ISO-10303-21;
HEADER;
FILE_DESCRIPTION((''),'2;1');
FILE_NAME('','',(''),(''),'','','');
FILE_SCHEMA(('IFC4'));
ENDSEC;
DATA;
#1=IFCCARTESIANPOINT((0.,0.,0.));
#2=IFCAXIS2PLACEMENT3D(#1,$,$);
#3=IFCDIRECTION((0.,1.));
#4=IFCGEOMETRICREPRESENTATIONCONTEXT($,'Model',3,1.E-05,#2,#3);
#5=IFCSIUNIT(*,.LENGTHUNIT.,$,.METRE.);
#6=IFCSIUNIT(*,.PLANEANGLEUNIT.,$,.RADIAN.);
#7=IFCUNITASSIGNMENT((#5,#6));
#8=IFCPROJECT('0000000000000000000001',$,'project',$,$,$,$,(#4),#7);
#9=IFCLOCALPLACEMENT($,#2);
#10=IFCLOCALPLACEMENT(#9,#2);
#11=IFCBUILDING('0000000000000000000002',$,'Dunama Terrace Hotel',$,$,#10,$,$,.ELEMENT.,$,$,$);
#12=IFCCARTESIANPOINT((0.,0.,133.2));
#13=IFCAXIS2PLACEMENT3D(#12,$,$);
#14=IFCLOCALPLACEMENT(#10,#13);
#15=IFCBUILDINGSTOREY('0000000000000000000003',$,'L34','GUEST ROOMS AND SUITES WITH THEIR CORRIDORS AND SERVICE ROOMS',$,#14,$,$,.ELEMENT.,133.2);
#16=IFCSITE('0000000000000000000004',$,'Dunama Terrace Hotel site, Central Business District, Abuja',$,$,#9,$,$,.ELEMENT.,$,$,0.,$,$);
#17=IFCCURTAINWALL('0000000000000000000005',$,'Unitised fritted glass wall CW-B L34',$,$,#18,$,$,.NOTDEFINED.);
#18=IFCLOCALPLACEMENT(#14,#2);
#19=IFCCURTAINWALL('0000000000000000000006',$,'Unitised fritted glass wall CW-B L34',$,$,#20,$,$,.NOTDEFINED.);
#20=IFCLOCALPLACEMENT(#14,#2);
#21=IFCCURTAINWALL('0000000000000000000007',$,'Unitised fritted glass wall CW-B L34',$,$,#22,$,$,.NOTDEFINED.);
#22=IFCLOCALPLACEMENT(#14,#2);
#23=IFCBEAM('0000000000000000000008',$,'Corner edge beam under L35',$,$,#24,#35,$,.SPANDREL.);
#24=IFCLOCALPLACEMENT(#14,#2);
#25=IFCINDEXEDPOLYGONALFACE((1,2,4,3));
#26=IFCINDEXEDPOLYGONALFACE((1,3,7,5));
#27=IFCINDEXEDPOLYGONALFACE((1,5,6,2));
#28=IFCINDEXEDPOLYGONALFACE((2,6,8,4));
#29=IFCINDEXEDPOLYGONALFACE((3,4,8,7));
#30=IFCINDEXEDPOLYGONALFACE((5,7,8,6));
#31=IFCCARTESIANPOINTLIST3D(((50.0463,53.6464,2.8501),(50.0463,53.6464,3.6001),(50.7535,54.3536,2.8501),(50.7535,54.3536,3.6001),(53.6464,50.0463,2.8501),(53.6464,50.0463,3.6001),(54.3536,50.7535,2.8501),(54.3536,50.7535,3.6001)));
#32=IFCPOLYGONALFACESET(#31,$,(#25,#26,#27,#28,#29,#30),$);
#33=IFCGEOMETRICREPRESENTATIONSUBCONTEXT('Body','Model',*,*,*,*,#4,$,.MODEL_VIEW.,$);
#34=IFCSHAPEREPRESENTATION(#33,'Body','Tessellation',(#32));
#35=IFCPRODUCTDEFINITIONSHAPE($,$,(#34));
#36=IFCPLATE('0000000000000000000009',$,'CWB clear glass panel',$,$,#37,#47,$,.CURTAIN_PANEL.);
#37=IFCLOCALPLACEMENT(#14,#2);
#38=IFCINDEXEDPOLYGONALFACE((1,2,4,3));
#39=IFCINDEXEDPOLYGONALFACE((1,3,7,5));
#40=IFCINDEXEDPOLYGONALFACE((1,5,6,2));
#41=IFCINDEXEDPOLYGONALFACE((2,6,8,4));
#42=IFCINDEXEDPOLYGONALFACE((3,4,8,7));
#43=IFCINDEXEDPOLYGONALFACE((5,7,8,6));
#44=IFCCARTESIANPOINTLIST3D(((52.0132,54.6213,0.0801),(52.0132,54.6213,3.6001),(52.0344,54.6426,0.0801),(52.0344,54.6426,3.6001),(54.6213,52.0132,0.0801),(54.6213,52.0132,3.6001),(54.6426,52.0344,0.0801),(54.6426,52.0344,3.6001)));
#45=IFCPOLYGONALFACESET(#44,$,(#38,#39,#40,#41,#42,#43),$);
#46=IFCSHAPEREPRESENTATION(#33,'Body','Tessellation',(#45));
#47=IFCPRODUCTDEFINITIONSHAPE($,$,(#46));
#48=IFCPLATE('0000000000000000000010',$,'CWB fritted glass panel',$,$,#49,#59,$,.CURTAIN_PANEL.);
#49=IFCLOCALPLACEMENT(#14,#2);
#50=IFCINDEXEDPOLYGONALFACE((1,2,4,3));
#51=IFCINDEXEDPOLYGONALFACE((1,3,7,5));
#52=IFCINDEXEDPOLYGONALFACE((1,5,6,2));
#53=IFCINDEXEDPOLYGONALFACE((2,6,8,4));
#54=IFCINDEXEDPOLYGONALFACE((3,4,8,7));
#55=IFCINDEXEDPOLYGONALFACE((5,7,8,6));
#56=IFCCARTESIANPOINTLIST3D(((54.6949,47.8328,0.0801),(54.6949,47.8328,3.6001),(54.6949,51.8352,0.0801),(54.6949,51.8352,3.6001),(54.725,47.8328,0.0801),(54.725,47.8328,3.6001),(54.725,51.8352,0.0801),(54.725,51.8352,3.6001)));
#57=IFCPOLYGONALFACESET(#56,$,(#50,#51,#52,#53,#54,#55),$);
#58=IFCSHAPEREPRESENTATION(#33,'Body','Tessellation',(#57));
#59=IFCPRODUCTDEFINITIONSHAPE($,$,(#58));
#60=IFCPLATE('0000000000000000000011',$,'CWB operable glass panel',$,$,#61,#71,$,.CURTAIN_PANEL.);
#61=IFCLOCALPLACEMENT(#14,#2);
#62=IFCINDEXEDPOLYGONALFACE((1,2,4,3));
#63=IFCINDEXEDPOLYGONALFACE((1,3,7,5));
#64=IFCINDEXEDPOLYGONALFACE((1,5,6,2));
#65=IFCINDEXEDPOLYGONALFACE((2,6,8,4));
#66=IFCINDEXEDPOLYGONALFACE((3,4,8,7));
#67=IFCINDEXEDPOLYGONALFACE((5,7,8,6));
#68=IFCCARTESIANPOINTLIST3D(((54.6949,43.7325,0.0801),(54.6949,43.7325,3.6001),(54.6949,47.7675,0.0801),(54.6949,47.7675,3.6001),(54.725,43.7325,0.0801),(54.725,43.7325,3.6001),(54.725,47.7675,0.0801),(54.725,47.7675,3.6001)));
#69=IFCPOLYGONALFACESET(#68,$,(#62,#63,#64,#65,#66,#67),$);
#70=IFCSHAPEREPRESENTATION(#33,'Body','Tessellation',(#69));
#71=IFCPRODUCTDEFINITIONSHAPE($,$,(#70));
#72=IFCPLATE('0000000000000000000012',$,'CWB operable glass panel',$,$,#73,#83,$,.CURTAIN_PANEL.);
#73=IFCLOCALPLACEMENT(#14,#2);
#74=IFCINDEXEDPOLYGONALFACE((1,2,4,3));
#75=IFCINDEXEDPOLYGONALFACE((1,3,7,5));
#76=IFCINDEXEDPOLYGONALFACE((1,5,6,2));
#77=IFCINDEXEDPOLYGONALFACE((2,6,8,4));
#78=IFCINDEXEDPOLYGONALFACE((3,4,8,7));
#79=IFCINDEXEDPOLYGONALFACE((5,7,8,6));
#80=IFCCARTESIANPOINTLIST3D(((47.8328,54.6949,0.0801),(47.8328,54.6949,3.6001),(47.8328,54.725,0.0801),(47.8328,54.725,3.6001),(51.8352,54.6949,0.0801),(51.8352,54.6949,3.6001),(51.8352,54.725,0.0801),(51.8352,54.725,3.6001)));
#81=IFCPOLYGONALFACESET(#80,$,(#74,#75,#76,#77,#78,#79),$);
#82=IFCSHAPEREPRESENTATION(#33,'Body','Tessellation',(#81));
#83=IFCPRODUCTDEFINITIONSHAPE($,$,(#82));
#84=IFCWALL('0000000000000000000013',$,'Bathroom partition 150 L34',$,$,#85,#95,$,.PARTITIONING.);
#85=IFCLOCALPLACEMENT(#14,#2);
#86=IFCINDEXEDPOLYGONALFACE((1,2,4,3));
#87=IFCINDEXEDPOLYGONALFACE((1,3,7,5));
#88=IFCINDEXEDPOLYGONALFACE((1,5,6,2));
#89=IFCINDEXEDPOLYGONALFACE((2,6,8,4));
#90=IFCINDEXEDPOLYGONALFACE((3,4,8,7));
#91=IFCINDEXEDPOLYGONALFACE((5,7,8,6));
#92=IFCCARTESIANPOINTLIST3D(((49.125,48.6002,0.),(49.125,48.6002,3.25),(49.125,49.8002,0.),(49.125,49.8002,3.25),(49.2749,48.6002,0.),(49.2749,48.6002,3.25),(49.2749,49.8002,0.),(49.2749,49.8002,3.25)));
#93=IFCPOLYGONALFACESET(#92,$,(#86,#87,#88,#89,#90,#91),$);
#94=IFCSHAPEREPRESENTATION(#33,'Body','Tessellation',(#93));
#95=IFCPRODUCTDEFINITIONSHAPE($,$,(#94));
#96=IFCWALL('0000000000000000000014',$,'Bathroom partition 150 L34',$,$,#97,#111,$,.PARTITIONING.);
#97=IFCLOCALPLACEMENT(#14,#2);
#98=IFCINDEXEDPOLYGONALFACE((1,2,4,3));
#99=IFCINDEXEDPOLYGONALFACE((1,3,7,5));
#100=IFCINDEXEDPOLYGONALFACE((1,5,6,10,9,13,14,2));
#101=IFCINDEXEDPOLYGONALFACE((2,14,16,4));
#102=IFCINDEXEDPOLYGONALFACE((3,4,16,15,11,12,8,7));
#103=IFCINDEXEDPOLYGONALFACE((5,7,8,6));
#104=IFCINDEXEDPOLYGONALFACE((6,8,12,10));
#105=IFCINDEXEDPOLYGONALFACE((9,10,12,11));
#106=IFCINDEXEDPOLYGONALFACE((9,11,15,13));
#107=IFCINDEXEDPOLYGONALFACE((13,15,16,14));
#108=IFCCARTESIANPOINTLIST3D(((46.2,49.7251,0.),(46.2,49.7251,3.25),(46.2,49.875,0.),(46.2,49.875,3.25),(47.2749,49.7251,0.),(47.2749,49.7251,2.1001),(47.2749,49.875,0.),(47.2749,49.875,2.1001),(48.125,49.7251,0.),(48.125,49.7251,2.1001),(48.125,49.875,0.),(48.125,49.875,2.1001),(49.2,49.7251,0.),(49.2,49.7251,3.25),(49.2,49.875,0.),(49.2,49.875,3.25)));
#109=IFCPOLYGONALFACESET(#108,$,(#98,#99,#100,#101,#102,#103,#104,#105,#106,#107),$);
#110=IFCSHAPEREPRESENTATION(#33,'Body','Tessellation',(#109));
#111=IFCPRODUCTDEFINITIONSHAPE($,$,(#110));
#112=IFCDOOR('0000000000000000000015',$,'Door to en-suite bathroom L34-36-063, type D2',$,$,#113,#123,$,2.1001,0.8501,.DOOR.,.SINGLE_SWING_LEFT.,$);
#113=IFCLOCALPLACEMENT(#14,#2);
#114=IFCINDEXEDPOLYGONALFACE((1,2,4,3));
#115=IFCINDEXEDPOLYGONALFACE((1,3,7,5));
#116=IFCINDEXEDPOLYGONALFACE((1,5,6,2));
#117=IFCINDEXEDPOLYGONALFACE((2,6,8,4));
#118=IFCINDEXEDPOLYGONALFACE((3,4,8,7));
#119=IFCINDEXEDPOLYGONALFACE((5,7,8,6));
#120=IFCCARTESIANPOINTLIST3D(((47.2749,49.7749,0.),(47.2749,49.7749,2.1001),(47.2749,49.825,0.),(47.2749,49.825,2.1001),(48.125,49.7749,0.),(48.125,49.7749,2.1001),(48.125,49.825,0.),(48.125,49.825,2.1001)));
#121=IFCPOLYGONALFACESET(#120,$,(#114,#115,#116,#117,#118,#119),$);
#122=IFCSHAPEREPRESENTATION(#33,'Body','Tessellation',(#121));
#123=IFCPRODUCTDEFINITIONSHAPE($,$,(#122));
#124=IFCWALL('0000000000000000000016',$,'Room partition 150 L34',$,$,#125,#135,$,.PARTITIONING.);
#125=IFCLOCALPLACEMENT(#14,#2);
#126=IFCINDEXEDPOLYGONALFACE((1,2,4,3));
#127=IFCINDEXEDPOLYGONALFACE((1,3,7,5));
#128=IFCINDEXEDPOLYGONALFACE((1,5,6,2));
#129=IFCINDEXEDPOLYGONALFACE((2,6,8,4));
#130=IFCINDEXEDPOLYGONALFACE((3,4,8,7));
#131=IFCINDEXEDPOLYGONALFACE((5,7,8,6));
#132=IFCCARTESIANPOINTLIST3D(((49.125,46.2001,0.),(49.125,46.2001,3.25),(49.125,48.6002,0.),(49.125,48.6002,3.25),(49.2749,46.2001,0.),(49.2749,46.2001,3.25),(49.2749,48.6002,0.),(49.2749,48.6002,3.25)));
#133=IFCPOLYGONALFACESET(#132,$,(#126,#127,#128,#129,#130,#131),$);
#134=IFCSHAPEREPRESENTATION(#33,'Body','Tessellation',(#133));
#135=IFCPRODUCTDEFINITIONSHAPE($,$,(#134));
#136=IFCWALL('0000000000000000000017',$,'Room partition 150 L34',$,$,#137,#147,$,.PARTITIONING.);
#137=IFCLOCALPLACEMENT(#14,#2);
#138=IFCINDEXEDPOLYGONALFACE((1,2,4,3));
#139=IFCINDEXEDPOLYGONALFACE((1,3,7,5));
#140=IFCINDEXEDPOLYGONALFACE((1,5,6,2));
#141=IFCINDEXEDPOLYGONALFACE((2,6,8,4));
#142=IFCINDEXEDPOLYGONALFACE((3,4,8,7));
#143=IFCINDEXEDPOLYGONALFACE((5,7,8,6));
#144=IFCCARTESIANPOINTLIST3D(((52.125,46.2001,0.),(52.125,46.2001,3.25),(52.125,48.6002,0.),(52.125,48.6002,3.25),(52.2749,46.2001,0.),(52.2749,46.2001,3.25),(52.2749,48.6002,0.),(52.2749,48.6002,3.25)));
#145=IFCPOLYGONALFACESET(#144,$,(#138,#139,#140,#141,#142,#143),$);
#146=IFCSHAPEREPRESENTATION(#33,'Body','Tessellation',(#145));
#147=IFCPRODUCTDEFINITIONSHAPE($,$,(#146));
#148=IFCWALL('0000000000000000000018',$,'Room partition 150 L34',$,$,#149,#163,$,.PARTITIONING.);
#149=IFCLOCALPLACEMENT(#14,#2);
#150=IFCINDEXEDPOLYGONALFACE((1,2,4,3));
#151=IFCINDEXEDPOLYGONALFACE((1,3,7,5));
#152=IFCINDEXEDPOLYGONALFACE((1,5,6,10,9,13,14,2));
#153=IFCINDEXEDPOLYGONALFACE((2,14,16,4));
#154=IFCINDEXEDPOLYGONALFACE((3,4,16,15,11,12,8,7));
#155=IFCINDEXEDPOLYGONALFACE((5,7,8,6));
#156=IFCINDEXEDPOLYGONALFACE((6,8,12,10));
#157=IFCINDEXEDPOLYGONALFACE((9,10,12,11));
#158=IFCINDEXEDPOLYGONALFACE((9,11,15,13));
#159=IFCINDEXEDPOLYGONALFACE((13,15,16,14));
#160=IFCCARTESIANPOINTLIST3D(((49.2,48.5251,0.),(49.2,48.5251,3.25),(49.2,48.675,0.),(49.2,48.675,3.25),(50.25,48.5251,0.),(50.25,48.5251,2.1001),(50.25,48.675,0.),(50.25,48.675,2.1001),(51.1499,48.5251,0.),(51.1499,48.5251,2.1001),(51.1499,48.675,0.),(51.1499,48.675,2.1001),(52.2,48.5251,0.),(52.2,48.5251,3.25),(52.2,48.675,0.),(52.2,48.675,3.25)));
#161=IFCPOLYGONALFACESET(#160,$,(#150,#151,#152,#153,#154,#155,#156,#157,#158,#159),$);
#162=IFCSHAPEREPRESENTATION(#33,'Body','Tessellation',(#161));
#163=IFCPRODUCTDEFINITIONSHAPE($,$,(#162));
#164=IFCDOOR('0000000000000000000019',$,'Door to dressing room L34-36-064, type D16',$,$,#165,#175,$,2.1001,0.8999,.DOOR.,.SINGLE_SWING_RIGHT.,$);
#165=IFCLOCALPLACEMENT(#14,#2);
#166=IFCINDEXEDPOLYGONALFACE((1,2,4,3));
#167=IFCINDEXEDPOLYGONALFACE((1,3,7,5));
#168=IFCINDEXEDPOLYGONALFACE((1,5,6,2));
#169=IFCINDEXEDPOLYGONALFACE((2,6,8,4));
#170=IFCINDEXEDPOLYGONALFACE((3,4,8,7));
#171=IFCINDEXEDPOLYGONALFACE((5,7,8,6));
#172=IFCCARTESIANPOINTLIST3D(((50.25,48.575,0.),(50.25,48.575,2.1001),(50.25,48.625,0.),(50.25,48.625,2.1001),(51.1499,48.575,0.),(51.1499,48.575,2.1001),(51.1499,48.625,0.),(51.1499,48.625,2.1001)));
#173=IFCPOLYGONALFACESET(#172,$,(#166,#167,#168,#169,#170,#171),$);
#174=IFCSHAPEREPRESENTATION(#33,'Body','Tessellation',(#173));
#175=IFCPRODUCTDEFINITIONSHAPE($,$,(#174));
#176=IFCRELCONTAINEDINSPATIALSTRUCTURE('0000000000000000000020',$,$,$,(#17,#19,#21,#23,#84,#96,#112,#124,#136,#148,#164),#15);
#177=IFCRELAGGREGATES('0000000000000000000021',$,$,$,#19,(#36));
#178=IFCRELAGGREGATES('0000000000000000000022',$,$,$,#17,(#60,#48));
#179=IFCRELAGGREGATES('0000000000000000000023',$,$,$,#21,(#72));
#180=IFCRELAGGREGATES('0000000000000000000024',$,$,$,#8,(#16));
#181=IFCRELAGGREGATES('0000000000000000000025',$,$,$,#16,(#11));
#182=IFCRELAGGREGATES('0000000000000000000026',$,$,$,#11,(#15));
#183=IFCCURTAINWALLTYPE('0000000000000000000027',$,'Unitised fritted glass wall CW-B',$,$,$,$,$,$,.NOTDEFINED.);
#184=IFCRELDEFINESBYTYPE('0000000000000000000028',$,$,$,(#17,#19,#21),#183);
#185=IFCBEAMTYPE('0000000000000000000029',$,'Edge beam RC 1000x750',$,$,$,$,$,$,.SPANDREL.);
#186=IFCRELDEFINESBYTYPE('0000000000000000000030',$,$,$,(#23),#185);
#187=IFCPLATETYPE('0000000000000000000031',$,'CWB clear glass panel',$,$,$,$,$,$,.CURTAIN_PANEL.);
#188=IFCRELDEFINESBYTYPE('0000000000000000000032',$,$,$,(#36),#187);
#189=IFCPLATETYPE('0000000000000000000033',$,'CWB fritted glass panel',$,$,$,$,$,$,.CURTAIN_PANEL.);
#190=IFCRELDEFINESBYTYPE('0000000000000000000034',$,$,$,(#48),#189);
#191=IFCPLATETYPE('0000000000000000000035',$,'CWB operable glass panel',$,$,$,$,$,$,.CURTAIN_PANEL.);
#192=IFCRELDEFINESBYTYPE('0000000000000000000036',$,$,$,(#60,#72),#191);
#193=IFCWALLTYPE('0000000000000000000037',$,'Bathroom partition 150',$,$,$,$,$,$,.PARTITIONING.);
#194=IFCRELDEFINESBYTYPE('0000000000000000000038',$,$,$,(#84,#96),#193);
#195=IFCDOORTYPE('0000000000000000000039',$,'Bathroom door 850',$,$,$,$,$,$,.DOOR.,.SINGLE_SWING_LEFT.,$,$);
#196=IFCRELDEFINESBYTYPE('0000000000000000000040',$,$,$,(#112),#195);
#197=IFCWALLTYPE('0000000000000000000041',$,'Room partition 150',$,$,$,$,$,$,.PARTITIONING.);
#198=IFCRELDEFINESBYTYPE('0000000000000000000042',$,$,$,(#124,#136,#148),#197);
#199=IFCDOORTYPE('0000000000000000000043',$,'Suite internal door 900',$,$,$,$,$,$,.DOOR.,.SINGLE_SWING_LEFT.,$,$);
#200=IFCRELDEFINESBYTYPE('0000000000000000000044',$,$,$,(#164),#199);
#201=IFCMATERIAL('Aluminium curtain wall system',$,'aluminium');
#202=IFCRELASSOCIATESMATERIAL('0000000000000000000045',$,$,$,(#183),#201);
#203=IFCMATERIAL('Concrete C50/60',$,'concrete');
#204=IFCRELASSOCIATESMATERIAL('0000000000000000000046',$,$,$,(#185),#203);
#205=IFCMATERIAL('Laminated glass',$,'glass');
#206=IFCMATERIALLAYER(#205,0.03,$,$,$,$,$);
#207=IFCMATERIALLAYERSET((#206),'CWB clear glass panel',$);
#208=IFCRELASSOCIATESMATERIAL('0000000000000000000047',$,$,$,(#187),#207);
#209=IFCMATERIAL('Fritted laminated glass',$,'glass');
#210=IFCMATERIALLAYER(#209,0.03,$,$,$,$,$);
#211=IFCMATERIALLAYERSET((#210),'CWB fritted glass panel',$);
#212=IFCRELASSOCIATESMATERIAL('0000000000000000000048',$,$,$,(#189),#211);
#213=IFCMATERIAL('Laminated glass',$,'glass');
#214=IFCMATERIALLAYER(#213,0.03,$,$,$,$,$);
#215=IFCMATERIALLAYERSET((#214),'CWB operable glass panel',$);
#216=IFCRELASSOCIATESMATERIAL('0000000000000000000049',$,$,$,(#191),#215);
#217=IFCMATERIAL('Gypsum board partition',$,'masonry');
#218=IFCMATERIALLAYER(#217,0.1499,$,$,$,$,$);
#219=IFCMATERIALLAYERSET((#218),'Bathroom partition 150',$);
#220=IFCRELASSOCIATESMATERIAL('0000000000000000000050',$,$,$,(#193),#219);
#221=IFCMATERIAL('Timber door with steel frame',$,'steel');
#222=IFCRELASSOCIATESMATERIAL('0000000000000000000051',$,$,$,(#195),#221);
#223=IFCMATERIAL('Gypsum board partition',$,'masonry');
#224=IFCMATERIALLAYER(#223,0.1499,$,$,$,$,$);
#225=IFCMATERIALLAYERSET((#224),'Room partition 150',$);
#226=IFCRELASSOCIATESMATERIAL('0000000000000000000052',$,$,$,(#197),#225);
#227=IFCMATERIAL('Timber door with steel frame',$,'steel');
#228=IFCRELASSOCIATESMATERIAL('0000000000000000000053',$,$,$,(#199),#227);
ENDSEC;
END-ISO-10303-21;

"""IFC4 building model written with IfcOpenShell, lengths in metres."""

from ifc_helpers import new_model, si_unit, direction, frame, frame_2d, origin, origin_2d, place, context, subcontext, project, spatial, rectangle, extrude, material, layer, layer_set, material_profile, profile_set, type_object, element, fill, aggregate, save


model = new_model("IFC4")

# Units and contexts
model_context = context("Model", 3, precision=1e-05, world=origin(), true_north=direction((0.0, 1.0)))
body_context = subcontext(model_context, "Body", "Model", "MODEL_VIEW")
ifc_project = project(units=[si_unit("LENGTHUNIT", "METRE"), si_unit("PLANEANGLEUNIT", "RADIAN")], contexts=[model_context])

# Site, building, storey
site_placement = place(None, origin())
site = spatial("IfcSite", under=ifc_project, at=site_placement, Name="Dunama Terrace Hotel site, Central Business District, Abuja", CompositionType="ELEMENT", RefElevation=0.0)
building_placement = place(site_placement, origin())
building = spatial("IfcBuilding", under=site, at=building_placement, Name="Dunama Terrace Hotel", CompositionType="ELEMENT")
storey_placement = place(building_placement, frame((0.0, 0.0, 133.2)))
storey = spatial("IfcBuildingStorey", under=building, at=storey_placement, Name="L34", Description="GUEST ROOMS AND SUITES WITH THEIR CORRIDORS AND SERVICE ROOMS", CompositionType="ELEMENT", Elevation=133.2)

# Curtain walls
ifc_material_1 = material(Name="Aluminium curtain wall system", Category="aluminium")
curtain_wall_type = type_object("IfcCurtainWallType", Name="Unitised fritted glass wall CW-B", PredefinedType="NOTDEFINED", material=ifc_material_1)
curtain_wall_1_placement = place(storey_placement, origin())
curtain_wall_1 = element("IfcCurtainWall", 1, at=curtain_wall_1_placement, inside=storey, type_object=curtain_wall_type, Name="Unitised fritted glass wall CW-B L34", PredefinedType="NOTDEFINED")
curtain_wall_2_placement = place(storey_placement, origin())
curtain_wall_2 = element("IfcCurtainWall", 2, at=curtain_wall_2_placement, inside=storey, type_object=curtain_wall_type, Name="Unitised fritted glass wall CW-B L34", PredefinedType="NOTDEFINED")
curtain_wall_3_placement = place(storey_placement, origin())
curtain_wall_3 = element("IfcCurtainWall", 3, at=curtain_wall_3_placement, inside=storey, type_object=curtain_wall_type, Name="Unitised fritted glass wall CW-B L34", PredefinedType="NOTDEFINED")

# Beam
ifc_material_2 = material(Name="Concrete C50/60", Category="concrete")
ifc_material_profile_1 = material_profile(ifc_material_2, rectangle(XDim=1.0, YDim=0.75, at=origin_2d()), Name="RC 1000x750")
ifc_profile_set_1 = profile_set([ifc_material_profile_1], Name="Concrete C50/60")
beam_type = type_object("IfcBeamType", Name="Edge beam RC 1000x750", PredefinedType="SPANDREL", material=ifc_profile_set_1)
beam_placement = place(storey_placement, frame((50.3999, 54.0, 3.2251), z_axis=(0.707107, -0.707107, 0.0), x_axis=(0.707107, 0.707107, 0.0)))
element("IfcBeam", 4, at=beam_placement, inside=storey, type_object=beam_type, Name="Corner edge beam under L35", PredefinedType="SPANDREL", context=body_context, shape_type="SweptSolid", body=[
    extrude(rectangle(XDim=1.0, YDim=0.75, at=origin_2d()), origin(), (0.0, 0.0, 1.0), 5.0913),
])

# Plates
ifc_material_3 = material(Name="Laminated glass", Category="glass")
ifc_layer_1 = layer(ifc_material_3, 0.03)
ifc_layer_set_1 = layer_set([ifc_layer_1], Name="CWB clear glass panel")
plate_type_1 = type_object("IfcPlateType", Name="CWB clear glass panel", PredefinedType="CURTAIN_PANEL", material=ifc_layer_set_1)
plate_1_placement = place(storey_placement, frame((53.3279, 53.3279, 0.0801), z_axis=(0.0, 0.0, 1.0), x_axis=(-0.707107, 0.707107, 0.0)))
plate_1 = element("IfcPlate", 5, at=plate_1_placement, type_object=plate_type_1, Name="CWB clear glass panel", PredefinedType="CURTAIN_PANEL", context=body_context, shape_type="SweptSolid", body=[
    extrude(rectangle(XDim=3.6885, YDim=0.03, at=origin_2d()), origin(), (0.0, 0.0, 1.0), 3.52),
])
aggregate(curtain_wall_2, [plate_1])
ifc_material_4 = material(Name="Fritted laminated glass", Category="glass")
ifc_layer_2 = layer(ifc_material_4, 0.03)
ifc_layer_set_2 = layer_set([ifc_layer_2], Name="CWB fritted glass panel")
plate_type_2 = type_object("IfcPlateType", Name="CWB fritted glass panel", PredefinedType="CURTAIN_PANEL", material=ifc_layer_set_2)
plate_2_placement = place(storey_placement, frame((54.71, 49.834, 0.0801), z_axis=(0.0, 0.0, 1.0), x_axis=(0.0, 1.0, 0.0)))
plate_2 = element("IfcPlate", 6, at=plate_2_placement, type_object=plate_type_2, Name="CWB fritted glass panel", PredefinedType="CURTAIN_PANEL", context=body_context, shape_type="SweptSolid", body=[
    extrude(rectangle(XDim=4.0024, YDim=0.03, at=origin_2d()), origin(), (0.0, 0.0, 1.0), 3.52),
])
ifc_material_5 = material(Name="Laminated glass", Category="glass")
ifc_layer_3 = layer(ifc_material_5, 0.03)
ifc_layer_set_3 = layer_set([ifc_layer_3], Name="CWB operable glass panel")
plate_type_3 = type_object("IfcPlateType", Name="CWB operable glass panel", PredefinedType="CURTAIN_PANEL", material=ifc_layer_set_3)
plate_3_placement = place(storey_placement, frame((54.71, 45.75, 0.0801), z_axis=(0.0, 0.0, 1.0), x_axis=(0.0, 1.0, 0.0)))
plate_3 = element("IfcPlate", 7, at=plate_3_placement, type_object=plate_type_3, Name="CWB operable glass panel", PredefinedType="CURTAIN_PANEL", context=body_context, shape_type="SweptSolid", body=[
    extrude(rectangle(XDim=4.0349, YDim=0.03, at=origin_2d()), origin(), (0.0, 0.0, 1.0), 3.52),
])
aggregate(curtain_wall_1, [plate_3, plate_2])
plate_4_placement = place(storey_placement, frame((49.834, 54.71, 0.0801), z_axis=(0.0, 0.0, 1.0), x_axis=(-1.0, 0.0, 0.0)))
plate_4 = element("IfcPlate", 8, at=plate_4_placement, type_object=plate_type_3, Name="CWB operable glass panel", PredefinedType="CURTAIN_PANEL", context=body_context, shape_type="SweptSolid", body=[
    extrude(rectangle(XDim=4.0024, YDim=0.03, at=origin_2d()), origin(), (0.0, 0.0, 1.0), 3.52),
])
aggregate(curtain_wall_3, [plate_4])

# Wall
ifc_material_6 = material(Name="Gypsum board partition", Category="masonry")
ifc_layer_4 = layer(ifc_material_6, 0.1499)
ifc_layer_set_4 = layer_set([ifc_layer_4], Name="Bathroom partition 150")
wall_type_1 = type_object("IfcWallType", Name="Bathroom partition 150", PredefinedType="PARTITIONING", material=ifc_layer_set_4)
wall_1_placement = place(storey_placement, frame((49.2, 48.6001, 0.0), z_axis=(0.0, 0.0, 1.0), x_axis=(0.0, 1.0, 0.0)))
element("IfcWall", 9, at=wall_1_placement, inside=storey, type_object=wall_type_1, Name="Bathroom partition 150 L34", PredefinedType="PARTITIONING", context=body_context, shape_type="SweptSolid", body=[
    extrude(rectangle(XDim=1.2, YDim=0.1499, at=frame_2d((0.6001, 0.0))), origin(), (0.0, 0.0, 1.0), 3.25),
])

# Wall, opening, door
wall_2_placement = place(storey_placement, frame((46.2, 49.8, 0.0), z_axis=(0.0, 0.0, 1.0), x_axis=(1.0, 0.0, 0.0)))
wall_2 = element("IfcWall", 10, at=wall_2_placement, inside=storey, type_object=wall_type_1, Name="Bathroom partition 150 L34", PredefinedType="PARTITIONING", context=body_context, shape_type="SweptSolid", body=[
    extrude(rectangle(XDim=3.0, YDim=0.1499, at=frame_2d((1.5, 0.0))), origin(), (0.0, 0.0, 1.0), 3.25),
])
opening_1_placement = place(wall_2_placement, frame((1.075, 0.0, 0.0)))
opening_1 = element("IfcOpeningElement", 11, at=opening_1_placement, cuts=wall_2, PredefinedType="OPENING", context=body_context, shape_type="SweptSolid", body=[
    extrude(rectangle(XDim=0.8501, YDim=2.1001, at=frame_2d((0.425, 1.05))), frame((0.0, 0.085, 0.0), z_axis=(0.0, -1.0, 0.0), x_axis=(1.0, 0.0, 0.0)), (0.0, 0.0, 1.0), 0.1699),
])
ifc_material_7 = material(Name="Timber door with steel frame", Category="steel")
door_type_1 = type_object("IfcDoorType", Name="Bathroom door 850", OperationType="SINGLE_SWING_LEFT", PredefinedType="DOOR", material=ifc_material_7)
door_1_placement = place(opening_1_placement, frame((0.8501, 0.0, 0.0), z_axis=(0.0, 0.0, 1.0), x_axis=(-1.0, 0.0, 0.0)))
door_1 = element("IfcDoor", 12, at=door_1_placement, inside=storey, type_object=door_type_1, Name="Door to en-suite bathroom L34-36-063, type D2", OperationType="SINGLE_SWING_LEFT", OverallHeight=2.1001, OverallWidth=0.8501, PredefinedType="DOOR", context=body_context, shape_type="SweptSolid", body=[
    extrude(rectangle(XDim=0.8501, YDim=2.1001, at=frame_2d((0.425, 1.05))), frame((0.0, 0.0251, 0.0), z_axis=(0.0, -1.0, 0.0), x_axis=(1.0, 0.0, 0.0)), (0.0, 0.0, 1.0), 0.05),
])
fill(opening_1, door_1)

# Walls
ifc_material_8 = material(Name="Gypsum board partition", Category="masonry")
ifc_layer_5 = layer(ifc_material_8, 0.1499)
ifc_layer_set_5 = layer_set([ifc_layer_5], Name="Room partition 150")
wall_type_2 = type_object("IfcWallType", Name="Room partition 150", PredefinedType="PARTITIONING", material=ifc_layer_set_5)
for number, where, z_axis, x_axis, name in (
    (13, (49.2, 46.2, 0.0), (0.0, 0.0, 1.0), (0.0, 1.0, 0.0), "Room partition 150 L34"),
    (14, (52.2, 46.2, 0.0), (0.0, 0.0, 1.0), (0.0, 1.0, 0.0), "Room partition 150 L34"),
):
    element("IfcWall", number, at=place(storey_placement, frame(where, z_axis=z_axis, x_axis=x_axis)), inside=storey, type_object=wall_type_2, Name=name, PredefinedType="PARTITIONING", context=body_context, shape_type="SweptSolid", body=[
        extrude(rectangle(XDim=2.4001, YDim=0.1499, at=frame_2d((1.2002, 0.0))), origin(), (0.0, 0.0, 1.0), 3.25),
    ])

# Wall, opening, door
wall_3_placement = place(storey_placement, frame((49.2, 48.6001, 0.0), z_axis=(0.0, 0.0, 1.0), x_axis=(1.0, 0.0, 0.0)))
wall_3 = element("IfcWall", 15, at=wall_3_placement, inside=storey, type_object=wall_type_2, Name="Room partition 150 L34", PredefinedType="PARTITIONING", context=body_context, shape_type="SweptSolid", body=[
    extrude(rectangle(XDim=3.0, YDim=0.1499, at=frame_2d((1.5, 0.0))), origin(), (0.0, 0.0, 1.0), 3.25),
])
opening_2_placement = place(wall_3_placement, frame((1.05, 0.0, 0.0)))
opening_2 = element("IfcOpeningElement", 16, at=opening_2_placement, cuts=wall_3, PredefinedType="OPENING", context=body_context, shape_type="SweptSolid", body=[
    extrude(rectangle(XDim=0.8999, YDim=2.1001, at=frame_2d((0.45, 1.05))), frame((0.0, 0.085, 0.0), z_axis=(0.0, -1.0, 0.0), x_axis=(1.0, 0.0, 0.0)), (0.0, 0.0, 1.0), 0.1699),
])
ifc_material_9 = material(Name="Timber door with steel frame", Category="steel")
door_type_2 = type_object("IfcDoorType", Name="Suite internal door 900", OperationType="SINGLE_SWING_LEFT", PredefinedType="DOOR", material=ifc_material_9)
door_2_placement = place(opening_2_placement, frame((0.8999, 0.0, 0.0), z_axis=(0.0, 0.0, 1.0), x_axis=(-1.0, 0.0, 0.0)))
door_2 = element("IfcDoor", 17, at=door_2_placement, inside=storey, type_object=door_type_2, Name="Door to dressing room L34-36-064, type D16", OperationType="SINGLE_SWING_RIGHT", OverallHeight=2.1001, OverallWidth=0.8999, PredefinedType="DOOR", context=body_context, shape_type="SweptSolid", body=[
    extrude(rectangle(XDim=0.8999, YDim=2.1001, at=frame_2d((0.45, 1.05))), frame((0.0, 0.0251, 0.0), z_axis=(0.0, -1.0, 0.0), x_axis=(1.0, 0.0, 0.0)), (0.0, 0.0, 1.0), 0.05),
])
fill(opening_2, door_2)

save(model, "model.ifc")
